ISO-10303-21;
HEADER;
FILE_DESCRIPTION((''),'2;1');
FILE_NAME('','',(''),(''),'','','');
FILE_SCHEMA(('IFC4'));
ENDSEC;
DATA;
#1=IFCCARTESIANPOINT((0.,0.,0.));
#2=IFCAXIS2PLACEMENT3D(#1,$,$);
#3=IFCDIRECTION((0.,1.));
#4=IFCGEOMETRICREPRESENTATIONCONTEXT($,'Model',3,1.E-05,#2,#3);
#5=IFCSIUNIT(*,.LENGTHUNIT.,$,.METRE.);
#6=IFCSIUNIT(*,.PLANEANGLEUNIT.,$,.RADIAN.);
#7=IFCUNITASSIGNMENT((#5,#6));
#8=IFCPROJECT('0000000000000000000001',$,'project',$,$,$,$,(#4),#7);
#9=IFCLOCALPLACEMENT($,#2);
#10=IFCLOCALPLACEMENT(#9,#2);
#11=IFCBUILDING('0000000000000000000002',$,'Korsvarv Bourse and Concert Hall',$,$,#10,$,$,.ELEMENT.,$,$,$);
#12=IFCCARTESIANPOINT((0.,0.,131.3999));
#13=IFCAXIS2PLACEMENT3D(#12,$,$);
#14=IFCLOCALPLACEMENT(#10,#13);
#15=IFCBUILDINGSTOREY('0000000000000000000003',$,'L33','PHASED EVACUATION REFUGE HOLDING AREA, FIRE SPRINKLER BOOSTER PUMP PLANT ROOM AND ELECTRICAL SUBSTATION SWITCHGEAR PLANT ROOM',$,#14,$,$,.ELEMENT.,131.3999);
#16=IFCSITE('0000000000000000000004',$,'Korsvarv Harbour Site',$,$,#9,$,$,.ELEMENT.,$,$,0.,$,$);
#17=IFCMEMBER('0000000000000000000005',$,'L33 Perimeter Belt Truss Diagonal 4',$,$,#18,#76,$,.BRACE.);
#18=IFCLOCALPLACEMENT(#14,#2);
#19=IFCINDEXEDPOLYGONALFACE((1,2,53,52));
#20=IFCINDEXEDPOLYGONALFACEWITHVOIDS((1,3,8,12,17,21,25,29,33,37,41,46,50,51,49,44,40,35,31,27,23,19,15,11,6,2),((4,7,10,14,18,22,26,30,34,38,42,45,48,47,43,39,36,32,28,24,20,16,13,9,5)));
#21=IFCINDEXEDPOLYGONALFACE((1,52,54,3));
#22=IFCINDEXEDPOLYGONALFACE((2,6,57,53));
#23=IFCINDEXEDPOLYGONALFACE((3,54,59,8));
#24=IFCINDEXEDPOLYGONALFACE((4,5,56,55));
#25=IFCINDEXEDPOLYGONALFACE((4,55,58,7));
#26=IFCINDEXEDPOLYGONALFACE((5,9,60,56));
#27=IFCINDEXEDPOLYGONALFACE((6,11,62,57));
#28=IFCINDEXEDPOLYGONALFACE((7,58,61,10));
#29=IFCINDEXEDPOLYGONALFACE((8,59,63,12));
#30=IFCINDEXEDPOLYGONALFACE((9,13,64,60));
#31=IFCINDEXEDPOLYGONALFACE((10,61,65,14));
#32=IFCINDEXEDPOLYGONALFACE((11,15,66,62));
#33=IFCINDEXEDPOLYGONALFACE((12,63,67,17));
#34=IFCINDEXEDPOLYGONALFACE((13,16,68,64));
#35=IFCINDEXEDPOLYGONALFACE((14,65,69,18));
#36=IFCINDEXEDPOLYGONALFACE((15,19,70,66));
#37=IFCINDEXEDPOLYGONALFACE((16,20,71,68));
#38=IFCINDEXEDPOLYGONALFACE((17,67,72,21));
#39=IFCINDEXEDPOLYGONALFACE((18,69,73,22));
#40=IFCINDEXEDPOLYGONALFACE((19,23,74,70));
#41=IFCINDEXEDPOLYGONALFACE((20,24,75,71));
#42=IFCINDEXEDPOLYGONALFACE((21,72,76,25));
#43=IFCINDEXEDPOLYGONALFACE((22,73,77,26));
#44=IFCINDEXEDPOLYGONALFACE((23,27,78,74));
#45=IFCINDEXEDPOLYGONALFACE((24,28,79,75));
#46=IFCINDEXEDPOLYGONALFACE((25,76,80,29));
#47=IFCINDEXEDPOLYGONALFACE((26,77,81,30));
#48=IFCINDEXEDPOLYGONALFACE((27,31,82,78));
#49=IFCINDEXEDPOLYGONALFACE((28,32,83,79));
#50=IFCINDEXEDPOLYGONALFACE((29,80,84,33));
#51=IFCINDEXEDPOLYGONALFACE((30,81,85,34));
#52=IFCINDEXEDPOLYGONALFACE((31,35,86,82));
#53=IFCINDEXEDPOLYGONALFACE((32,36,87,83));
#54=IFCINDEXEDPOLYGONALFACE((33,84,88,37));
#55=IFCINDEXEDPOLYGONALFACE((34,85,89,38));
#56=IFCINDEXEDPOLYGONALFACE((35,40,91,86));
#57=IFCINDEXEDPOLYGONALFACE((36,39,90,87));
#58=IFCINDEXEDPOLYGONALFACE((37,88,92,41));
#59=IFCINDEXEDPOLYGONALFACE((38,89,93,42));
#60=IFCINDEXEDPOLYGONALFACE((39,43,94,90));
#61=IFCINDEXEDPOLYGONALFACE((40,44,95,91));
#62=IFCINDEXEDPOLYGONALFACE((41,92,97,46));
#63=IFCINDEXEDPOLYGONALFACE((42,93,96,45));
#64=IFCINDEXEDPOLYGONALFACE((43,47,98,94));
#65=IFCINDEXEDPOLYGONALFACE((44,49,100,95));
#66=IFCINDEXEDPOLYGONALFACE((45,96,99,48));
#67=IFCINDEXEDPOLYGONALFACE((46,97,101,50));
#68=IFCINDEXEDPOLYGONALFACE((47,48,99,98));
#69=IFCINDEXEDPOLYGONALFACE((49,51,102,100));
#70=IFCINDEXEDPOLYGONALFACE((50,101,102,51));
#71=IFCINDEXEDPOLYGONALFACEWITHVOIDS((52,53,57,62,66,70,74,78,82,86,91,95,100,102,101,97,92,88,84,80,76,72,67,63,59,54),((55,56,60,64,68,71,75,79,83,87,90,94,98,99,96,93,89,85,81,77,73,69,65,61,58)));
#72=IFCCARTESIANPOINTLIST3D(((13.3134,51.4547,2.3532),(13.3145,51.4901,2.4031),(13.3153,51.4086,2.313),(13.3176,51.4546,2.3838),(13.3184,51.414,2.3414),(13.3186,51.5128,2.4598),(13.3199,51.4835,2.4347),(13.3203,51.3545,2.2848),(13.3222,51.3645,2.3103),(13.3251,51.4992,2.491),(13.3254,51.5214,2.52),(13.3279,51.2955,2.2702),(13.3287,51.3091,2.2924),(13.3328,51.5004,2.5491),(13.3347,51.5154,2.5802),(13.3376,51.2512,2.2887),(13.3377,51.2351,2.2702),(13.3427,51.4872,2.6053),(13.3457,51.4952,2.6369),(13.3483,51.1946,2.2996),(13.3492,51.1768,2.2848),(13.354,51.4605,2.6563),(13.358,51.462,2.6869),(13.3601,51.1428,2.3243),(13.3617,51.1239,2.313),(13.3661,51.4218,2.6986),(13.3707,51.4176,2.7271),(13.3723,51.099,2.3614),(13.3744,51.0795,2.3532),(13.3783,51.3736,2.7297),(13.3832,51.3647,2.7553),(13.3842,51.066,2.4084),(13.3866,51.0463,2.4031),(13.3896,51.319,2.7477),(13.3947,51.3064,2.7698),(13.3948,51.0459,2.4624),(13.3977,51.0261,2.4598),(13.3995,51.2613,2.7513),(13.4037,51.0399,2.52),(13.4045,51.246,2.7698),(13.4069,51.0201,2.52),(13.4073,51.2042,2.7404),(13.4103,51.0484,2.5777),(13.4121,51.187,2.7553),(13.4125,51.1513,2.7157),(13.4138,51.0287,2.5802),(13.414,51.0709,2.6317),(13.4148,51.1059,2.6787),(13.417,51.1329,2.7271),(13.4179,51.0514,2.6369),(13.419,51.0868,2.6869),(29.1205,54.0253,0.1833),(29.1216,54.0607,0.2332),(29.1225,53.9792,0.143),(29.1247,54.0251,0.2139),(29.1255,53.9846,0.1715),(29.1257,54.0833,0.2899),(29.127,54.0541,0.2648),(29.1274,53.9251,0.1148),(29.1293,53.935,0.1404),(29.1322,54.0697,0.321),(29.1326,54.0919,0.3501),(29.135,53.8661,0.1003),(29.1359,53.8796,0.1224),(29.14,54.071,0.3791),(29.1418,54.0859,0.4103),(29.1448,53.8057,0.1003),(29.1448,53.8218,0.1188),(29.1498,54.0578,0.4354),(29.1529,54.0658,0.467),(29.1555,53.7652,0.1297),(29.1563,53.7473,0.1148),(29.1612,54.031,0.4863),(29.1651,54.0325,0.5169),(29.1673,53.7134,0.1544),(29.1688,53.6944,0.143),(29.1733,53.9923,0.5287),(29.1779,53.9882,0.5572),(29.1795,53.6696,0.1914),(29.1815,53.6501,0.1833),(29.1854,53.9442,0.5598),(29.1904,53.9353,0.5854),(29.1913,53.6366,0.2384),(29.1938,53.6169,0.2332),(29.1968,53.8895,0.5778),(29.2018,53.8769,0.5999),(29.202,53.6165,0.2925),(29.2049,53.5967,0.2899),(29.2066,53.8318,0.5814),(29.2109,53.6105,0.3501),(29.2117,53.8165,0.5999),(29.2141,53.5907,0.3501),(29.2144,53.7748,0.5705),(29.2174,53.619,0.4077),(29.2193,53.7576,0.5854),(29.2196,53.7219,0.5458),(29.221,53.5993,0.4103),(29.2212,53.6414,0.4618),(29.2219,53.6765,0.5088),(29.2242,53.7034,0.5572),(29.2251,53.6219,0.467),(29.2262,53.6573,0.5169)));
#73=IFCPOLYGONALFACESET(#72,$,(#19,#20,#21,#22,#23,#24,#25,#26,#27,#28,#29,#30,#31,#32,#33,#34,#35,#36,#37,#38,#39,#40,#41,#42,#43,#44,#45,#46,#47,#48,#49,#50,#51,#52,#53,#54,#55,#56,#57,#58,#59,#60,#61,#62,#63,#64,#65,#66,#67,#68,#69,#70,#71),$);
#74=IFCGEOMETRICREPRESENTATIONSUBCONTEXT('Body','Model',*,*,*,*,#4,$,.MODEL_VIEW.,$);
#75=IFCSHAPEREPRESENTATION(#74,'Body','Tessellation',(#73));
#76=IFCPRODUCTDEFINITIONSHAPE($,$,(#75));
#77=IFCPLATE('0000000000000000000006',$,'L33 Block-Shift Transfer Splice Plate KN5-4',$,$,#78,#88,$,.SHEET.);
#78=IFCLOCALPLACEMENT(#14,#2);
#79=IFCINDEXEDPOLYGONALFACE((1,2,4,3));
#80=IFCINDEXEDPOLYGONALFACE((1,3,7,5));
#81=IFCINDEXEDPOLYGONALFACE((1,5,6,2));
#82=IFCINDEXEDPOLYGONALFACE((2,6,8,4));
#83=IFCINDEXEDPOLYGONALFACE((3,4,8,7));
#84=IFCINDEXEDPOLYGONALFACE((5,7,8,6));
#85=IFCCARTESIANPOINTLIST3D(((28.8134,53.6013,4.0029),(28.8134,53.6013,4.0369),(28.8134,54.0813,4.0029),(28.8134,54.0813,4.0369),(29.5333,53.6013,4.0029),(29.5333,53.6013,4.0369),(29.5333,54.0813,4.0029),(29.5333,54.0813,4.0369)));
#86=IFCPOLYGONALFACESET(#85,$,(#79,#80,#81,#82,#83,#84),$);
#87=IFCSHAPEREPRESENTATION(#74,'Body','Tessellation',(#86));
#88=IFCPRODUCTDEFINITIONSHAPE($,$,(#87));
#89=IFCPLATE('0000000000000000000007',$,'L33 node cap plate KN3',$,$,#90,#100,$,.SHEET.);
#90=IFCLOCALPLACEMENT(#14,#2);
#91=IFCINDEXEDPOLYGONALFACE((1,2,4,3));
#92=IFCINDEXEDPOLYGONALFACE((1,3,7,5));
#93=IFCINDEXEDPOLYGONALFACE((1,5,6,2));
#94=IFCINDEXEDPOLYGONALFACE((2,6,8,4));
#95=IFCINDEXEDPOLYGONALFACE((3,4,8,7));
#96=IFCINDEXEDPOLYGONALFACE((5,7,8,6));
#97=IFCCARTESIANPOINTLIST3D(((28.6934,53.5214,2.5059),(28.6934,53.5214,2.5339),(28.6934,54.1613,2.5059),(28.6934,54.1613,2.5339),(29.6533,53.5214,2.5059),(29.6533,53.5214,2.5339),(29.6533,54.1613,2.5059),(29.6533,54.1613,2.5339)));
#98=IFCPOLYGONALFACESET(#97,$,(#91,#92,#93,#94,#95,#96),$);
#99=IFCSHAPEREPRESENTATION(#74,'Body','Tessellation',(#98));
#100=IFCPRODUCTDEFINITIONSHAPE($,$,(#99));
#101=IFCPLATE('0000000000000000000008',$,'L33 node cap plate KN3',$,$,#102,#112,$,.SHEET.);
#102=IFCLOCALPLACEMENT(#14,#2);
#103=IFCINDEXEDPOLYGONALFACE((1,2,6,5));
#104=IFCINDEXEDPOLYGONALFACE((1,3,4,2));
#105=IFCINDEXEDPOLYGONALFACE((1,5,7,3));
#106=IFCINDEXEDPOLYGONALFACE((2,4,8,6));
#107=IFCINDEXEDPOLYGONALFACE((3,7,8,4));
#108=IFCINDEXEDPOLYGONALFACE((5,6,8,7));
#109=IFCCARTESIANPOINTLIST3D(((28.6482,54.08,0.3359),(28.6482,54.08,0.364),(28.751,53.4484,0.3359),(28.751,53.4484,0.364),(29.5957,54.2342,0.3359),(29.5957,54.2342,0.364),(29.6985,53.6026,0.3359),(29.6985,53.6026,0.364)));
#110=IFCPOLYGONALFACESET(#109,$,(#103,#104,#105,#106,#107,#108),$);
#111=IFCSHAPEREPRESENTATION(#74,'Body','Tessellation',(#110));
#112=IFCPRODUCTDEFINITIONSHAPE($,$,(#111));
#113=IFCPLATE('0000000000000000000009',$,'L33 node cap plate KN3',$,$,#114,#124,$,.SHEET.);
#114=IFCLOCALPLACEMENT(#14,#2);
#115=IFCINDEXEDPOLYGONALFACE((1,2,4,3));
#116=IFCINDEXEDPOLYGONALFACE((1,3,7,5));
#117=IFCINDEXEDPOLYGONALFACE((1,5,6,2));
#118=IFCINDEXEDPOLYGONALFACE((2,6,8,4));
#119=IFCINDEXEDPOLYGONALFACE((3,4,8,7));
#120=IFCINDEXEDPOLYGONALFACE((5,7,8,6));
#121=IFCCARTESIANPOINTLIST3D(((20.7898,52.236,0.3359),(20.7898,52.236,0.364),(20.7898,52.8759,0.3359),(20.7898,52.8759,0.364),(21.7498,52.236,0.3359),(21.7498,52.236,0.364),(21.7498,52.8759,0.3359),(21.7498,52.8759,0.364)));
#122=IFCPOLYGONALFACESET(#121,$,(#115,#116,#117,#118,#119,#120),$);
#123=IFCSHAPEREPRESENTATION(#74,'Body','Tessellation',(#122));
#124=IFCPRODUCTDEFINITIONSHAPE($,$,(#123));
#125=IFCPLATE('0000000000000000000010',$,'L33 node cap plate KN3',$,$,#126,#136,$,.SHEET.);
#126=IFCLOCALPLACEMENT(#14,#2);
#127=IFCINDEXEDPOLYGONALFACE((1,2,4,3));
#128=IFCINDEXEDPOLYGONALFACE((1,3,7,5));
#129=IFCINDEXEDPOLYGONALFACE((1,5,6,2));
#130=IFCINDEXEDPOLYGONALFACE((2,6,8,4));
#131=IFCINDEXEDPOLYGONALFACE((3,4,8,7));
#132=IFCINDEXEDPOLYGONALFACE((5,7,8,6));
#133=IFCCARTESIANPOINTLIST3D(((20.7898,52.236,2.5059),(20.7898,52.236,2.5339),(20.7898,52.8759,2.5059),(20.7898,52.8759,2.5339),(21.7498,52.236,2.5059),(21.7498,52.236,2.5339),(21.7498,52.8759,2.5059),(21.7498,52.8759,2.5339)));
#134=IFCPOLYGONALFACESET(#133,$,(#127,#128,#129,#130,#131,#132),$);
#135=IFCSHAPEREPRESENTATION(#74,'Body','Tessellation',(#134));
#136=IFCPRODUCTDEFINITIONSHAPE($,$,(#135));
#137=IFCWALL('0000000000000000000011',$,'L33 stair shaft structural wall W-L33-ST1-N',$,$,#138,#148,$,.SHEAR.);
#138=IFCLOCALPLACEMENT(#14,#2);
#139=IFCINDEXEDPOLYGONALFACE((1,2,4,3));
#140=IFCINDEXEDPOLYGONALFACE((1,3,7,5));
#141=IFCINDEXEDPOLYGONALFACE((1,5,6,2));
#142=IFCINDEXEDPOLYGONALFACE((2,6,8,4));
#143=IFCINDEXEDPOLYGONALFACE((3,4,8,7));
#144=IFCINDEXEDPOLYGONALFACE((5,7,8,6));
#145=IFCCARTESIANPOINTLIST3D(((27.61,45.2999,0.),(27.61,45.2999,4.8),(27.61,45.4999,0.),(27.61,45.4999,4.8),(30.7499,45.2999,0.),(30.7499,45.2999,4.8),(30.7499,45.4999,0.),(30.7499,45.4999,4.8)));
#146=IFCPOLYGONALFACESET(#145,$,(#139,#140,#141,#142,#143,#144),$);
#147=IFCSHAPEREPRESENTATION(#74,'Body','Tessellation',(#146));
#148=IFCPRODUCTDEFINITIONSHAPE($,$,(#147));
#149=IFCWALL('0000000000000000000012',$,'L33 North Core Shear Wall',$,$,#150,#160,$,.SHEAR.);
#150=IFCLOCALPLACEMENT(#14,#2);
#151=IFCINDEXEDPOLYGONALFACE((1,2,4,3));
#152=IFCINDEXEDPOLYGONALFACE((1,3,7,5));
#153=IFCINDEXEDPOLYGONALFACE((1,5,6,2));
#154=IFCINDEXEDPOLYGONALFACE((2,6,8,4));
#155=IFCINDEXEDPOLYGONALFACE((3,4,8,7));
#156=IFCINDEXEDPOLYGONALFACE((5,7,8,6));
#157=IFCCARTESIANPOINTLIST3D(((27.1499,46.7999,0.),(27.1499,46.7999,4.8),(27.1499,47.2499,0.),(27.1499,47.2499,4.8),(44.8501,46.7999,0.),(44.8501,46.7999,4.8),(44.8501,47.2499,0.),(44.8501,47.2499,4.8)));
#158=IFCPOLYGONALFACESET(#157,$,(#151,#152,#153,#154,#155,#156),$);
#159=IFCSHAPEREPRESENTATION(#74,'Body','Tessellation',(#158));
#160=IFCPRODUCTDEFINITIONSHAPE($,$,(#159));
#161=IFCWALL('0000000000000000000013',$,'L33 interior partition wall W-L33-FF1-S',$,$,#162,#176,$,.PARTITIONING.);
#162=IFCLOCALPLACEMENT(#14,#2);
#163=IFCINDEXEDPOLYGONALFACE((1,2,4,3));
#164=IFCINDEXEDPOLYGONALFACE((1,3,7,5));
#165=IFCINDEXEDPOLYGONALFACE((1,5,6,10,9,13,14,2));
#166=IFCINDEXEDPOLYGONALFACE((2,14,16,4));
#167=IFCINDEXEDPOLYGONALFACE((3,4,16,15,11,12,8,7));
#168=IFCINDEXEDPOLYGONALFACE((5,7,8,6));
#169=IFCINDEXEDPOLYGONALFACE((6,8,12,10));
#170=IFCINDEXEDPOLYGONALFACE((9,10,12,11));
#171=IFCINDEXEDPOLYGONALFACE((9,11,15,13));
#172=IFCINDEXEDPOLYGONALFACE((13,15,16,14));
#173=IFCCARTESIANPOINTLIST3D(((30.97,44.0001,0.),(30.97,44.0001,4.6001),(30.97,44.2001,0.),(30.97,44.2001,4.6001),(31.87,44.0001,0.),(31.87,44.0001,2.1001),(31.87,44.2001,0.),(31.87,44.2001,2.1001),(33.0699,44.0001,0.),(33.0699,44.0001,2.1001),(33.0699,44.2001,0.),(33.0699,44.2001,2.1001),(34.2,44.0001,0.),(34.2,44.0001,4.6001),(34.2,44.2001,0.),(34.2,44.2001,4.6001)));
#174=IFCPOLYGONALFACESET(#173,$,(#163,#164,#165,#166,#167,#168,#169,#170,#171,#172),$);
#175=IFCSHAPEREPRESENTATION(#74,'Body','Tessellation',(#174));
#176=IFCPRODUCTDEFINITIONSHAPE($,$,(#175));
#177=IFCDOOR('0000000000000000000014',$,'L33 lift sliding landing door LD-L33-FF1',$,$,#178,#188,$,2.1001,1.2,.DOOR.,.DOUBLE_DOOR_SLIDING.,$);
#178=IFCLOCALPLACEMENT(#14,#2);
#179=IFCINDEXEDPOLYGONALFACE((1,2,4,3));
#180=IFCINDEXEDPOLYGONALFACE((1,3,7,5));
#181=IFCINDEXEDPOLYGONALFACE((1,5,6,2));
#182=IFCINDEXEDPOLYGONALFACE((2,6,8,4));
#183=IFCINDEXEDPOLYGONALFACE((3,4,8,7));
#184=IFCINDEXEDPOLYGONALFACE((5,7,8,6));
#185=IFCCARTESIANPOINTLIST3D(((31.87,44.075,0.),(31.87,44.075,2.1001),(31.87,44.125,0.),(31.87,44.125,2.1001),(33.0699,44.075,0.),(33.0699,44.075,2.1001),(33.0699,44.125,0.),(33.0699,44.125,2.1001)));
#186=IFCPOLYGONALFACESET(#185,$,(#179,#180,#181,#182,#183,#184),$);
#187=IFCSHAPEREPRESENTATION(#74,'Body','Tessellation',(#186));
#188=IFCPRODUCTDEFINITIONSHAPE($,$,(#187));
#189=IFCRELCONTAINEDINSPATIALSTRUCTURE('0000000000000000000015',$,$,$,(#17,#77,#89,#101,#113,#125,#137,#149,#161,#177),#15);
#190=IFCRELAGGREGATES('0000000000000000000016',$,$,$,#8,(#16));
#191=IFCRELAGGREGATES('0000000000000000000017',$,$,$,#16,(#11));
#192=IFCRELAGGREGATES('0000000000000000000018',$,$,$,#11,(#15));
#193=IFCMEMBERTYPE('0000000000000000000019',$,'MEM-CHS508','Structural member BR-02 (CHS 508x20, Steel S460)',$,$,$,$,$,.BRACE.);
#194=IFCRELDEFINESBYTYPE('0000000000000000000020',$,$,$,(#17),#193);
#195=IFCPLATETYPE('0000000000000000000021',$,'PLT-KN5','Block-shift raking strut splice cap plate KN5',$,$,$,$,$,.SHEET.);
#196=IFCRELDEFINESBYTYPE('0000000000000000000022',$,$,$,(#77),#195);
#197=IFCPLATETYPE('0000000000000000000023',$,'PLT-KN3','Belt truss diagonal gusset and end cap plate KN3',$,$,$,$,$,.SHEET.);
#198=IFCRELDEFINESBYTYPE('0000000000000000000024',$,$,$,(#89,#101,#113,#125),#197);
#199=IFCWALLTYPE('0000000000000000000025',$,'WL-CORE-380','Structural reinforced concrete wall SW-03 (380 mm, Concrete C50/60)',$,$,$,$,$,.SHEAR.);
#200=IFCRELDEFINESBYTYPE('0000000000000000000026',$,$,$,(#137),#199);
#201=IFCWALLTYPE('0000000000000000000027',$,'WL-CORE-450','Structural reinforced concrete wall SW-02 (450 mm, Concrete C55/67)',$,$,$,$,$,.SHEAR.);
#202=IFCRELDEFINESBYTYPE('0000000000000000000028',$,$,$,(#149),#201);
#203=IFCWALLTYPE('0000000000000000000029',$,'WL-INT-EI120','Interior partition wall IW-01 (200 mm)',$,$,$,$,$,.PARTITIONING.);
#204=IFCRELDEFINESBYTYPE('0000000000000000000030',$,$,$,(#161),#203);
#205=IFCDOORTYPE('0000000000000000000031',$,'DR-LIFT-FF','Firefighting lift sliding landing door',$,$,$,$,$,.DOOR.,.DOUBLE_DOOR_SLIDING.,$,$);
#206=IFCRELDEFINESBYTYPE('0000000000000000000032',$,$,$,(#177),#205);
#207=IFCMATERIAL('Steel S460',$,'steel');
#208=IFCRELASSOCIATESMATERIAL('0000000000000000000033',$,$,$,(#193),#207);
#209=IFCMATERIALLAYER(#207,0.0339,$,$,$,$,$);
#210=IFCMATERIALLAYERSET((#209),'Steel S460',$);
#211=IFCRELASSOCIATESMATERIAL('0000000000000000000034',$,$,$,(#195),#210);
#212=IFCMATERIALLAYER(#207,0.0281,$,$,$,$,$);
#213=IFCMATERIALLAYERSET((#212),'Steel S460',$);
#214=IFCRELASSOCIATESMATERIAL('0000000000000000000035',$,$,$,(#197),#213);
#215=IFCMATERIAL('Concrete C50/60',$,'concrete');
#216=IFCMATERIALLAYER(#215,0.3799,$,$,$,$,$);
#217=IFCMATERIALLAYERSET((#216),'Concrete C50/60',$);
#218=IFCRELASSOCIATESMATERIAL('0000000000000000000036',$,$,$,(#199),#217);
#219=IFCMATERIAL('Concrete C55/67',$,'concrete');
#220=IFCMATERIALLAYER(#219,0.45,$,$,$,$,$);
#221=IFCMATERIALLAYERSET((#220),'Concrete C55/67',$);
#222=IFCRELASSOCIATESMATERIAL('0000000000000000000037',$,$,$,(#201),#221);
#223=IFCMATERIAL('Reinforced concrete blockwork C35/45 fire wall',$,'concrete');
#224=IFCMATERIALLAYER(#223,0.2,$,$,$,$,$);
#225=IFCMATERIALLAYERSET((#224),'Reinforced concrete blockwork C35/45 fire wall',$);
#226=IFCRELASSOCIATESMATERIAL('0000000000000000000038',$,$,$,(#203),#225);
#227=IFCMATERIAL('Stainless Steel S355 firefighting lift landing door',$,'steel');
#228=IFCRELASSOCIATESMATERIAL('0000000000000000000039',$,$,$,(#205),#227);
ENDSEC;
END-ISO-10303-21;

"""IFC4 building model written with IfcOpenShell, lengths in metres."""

from ifc_helpers import new_model, si_unit, direction, frame, frame_2d, origin, origin_2d, place, context, subcontext, project, spatial, rectangle, hollow_circle, extrude, source, transform, mapped, material, layer, layer_set, material_profile, profile_set, type_object, element, fill, save


model = new_model("IFC4")

# Units and contexts
model_context = context("Model", 3, precision=1e-05, world=origin(), true_north=direction((0.0, 1.0)))
body_context = subcontext(model_context, "Body", "Model", "MODEL_VIEW")
ifc_project = project(units=[si_unit("LENGTHUNIT", "METRE"), si_unit("PLANEANGLEUNIT", "RADIAN")], contexts=[model_context])

# Site, building, storey
site_placement = place(None, origin())
site = spatial("IfcSite", under=ifc_project, at=site_placement, Name="Korsvarv Harbour Site", CompositionType="ELEMENT", RefElevation=0.0)
building_placement = place(site_placement, origin())
building = spatial("IfcBuilding", under=site, at=building_placement, Name="Korsvarv Bourse and Concert Hall", CompositionType="ELEMENT")
storey_placement = place(building_placement, frame((0.0, 0.0, 131.3999)))
storey = spatial("IfcBuildingStorey", under=building, at=storey_placement, Name="L33", Description="PHASED EVACUATION REFUGE HOLDING AREA, FIRE SPRINKLER BOOSTER PUMP PLANT ROOM AND ELECTRICAL SUBSTATION SWITCHGEAR PLANT ROOM", CompositionType="ELEMENT", Elevation=131.3999)

# Shared definitions
ifc_material_1 = material(Name="Steel S460", Category="steel")

# Shared definitions
ifc_material_2 = material(Name="Concrete C55/67", Category="concrete")

# Member
ifc_material_profile_1 = material_profile(ifc_material_1, hollow_circle(Radius=0.2539, WallThickness=0.02, at=origin_2d()), Name="CHS 508x20")
ifc_profile_set_1 = profile_set([ifc_material_profile_1], Name="Steel S460")
member_type_1 = type_object("IfcMemberType", Name="MEM-CHS508", Description="Structural member BR-02 (CHS 508x20, Steel S460)", PredefinedType="BRACE", material=ifc_profile_set_1)
shared_shape_1 = source(origin(), body_context, "Body", "SweptSolid", [
    extrude(hollow_circle(Radius=0.2539, WallThickness=0.02, at=origin_2d()), origin(), (0.0, 0.0, 1.0), 16.1611),
])
member_1_placement = place(storey_placement, frame((29.1733, 53.8413, 0.3501), z_axis=(-0.978096, -0.159058, 0.134268), x_axis=(0.160512, -0.987034, 0.0)))
element("IfcMember", 1, at=member_1_placement, inside=storey, type_object=member_type_1, Name="L33 Perimeter Belt Truss Diagonal 4", PredefinedType="BRACE", context=body_context, shape_type="MappedRepresentation", body=[
    mapped(shared_shape_1, transform((0.0, 0.0, 0.0), scale=1.0)),
])

# Plates
ifc_layer_1 = layer(ifc_material_1, 0.0339)
ifc_layer_set_1 = layer_set([ifc_layer_1], Name="Steel S460")
plate_type_1 = type_object("IfcPlateType", Name="PLT-KN5", Description="Block-shift raking strut splice cap plate KN5", PredefinedType="SHEET", material=ifc_layer_set_1)
shared_shape_2 = source(origin(), body_context, "Body", "SweptSolid", [
    extrude(rectangle(XDim=0.72, YDim=0.48, at=origin_2d()), origin(), (0.0, 0.0, 1.0), 0.0339),
])
plate_placement = place(storey_placement, frame((29.1733, 53.8413, 4.0029), z_axis=(0.0, 0.0, 1.0), x_axis=(1.0, 0.0, 0.0)))
element("IfcPlate", 2, at=plate_placement, inside=storey, type_object=plate_type_1, Name="L33 Block-Shift Transfer Splice Plate KN5-4", PredefinedType="SHEET", context=body_context, shape_type="MappedRepresentation", body=[
    mapped(shared_shape_2, transform((0.0, 0.0, 0.0), scale=1.0)),
])
ifc_layer_2 = layer(ifc_material_1, 0.0281)
ifc_layer_set_2 = layer_set([ifc_layer_2], Name="Steel S460")
plate_type_2 = type_object("IfcPlateType", Name="PLT-KN3", Description="Belt truss diagonal gusset and end cap plate KN3", PredefinedType="SHEET", material=ifc_layer_set_2)
shared_shape_3 = source(origin(), body_context, "Body", "SweptSolid", [
    extrude(rectangle(XDim=0.96, YDim=0.6399, at=origin_2d()), origin(), (0.0, 0.0, 1.0), 0.0281),
])
for number, where, z_axis, x_axis, name in (
    (3, (29.1733, 53.8413, 2.5059), (0.0, 0.0, 1.0), (1.0, 0.0, 0.0), "L33 node cap plate KN3"),
    (4, (29.1733, 53.8413, 0.3359), (0.0, 0.0, 1.0), (0.987024, 0.16057, 0.0), "L33 node cap plate KN3"),
    (5, (21.2698, 52.5559, 0.3359), (0.0, 0.0, 1.0), (1.0, 0.0, 0.0), "L33 node cap plate KN3"),
    (6, (21.2698, 52.5559, 2.5059), (0.0, 0.0, 1.0), (1.0, 0.0, 0.0), "L33 node cap plate KN3"),
):
    element("IfcPlate", number, at=place(storey_placement, frame(where, z_axis=z_axis, x_axis=x_axis)), inside=storey, type_object=plate_type_2, Name=name, PredefinedType="SHEET", context=body_context, shape_type="MappedRepresentation", body=[
        mapped(shared_shape_3, transform((0.0, 0.0, 0.0), scale=1.0)),
    ])

# Walls
ifc_material_3 = material(Name="Concrete C50/60", Category="concrete")
ifc_layer_3 = layer(ifc_material_3, 0.3799)
ifc_layer_set_3 = layer_set([ifc_layer_3], Name="Concrete C50/60")
wall_type_1 = type_object("IfcWallType", Name="WL-CORE-380", Description="Structural reinforced concrete wall SW-03 (380 mm, Concrete C50/60)", PredefinedType="SHEAR", material=ifc_layer_set_3)
wall_1_placement = place(storey_placement, frame((27.6101, 45.3999, 0.0), z_axis=(0.0, 0.0, 1.0), x_axis=(1.0, 0.0, 0.0)))
element("IfcWall", 7, at=wall_1_placement, inside=storey, type_object=wall_type_1, Name="L33 stair shaft structural wall W-L33-ST1-N", PredefinedType="SHEAR", context=body_context, shape_type="SweptSolid", body=[
    extrude(rectangle(XDim=3.1399, YDim=0.2, at=frame_2d((1.5698, 0.0))), origin(), (0.0, 0.0, 1.0), 4.8),
])
ifc_layer_4 = layer(ifc_material_2, 0.45)
ifc_layer_set_4 = layer_set([ifc_layer_4], Name="Concrete C55/67")
wall_type_2 = type_object("IfcWallType", Name="WL-CORE-450", Description="Structural reinforced concrete wall SW-02 (450 mm, Concrete C55/67)", PredefinedType="SHEAR", material=ifc_layer_set_4)
wall_2_placement = place(storey_placement, frame((27.1499, 47.0249, 0.0), z_axis=(0.0, 0.0, 1.0), x_axis=(1.0, 0.0, 0.0)))
element("IfcWall", 8, at=wall_2_placement, inside=storey, type_object=wall_type_2, Name="L33 North Core Shear Wall", PredefinedType="SHEAR", context=body_context, shape_type="SweptSolid", body=[
    extrude(rectangle(XDim=17.7002, YDim=0.45, at=frame_2d((8.8501, 0.0))), origin(), (0.0, 0.0, 1.0), 4.8),
])

# Wall, opening, door
ifc_material_4 = material(Name="Reinforced concrete blockwork C35/45 fire wall", Category="concrete")
ifc_layer_5 = layer(ifc_material_4, 0.2)
ifc_layer_set_5 = layer_set([ifc_layer_5], Name="Reinforced concrete blockwork C35/45 fire wall")
wall_type_3 = type_object("IfcWallType", Name="WL-INT-EI120", Description="Interior partition wall IW-01 (200 mm)", PredefinedType="PARTITIONING", material=ifc_layer_set_5)
wall_3_placement = place(storey_placement, frame((30.97, 44.1001, 0.0), z_axis=(0.0, 0.0, 1.0), x_axis=(1.0, 0.0, 0.0)))
wall_3 = element("IfcWall", 9, at=wall_3_placement, inside=storey, type_object=wall_type_3, Name="L33 interior partition wall W-L33-FF1-S", PredefinedType="PARTITIONING", context=body_context, shape_type="SweptSolid", body=[
    extrude(rectangle(XDim=3.23, YDim=0.2, at=frame_2d((1.615, 0.0))), origin(), (0.0, 0.0, 1.0), 4.6001),
])
opening_placement = place(wall_3_placement, frame((0.8999, 0.0, 0.0)))
opening = element("IfcOpeningElement", 10, at=opening_placement, cuts=wall_3, PredefinedType="OPENING", context=body_context, shape_type="SweptSolid", body=[
    extrude(rectangle(XDim=1.2, YDim=2.1001, at=frame_2d((0.6001, 1.05))), frame((0.0, 0.1099, 0.0), z_axis=(0.0, -1.0, 0.0), x_axis=(1.0, 0.0, 0.0)), (0.0, 0.0, 1.0), 0.22),
])
ifc_material_5 = material(Name="Stainless Steel S355 firefighting lift landing door", Category="steel")
door_type = type_object("IfcDoorType", Name="DR-LIFT-FF", Description="Firefighting lift sliding landing door", OperationType="DOUBLE_DOOR_SLIDING", PredefinedType="DOOR", material=ifc_material_5)
door_placement = place(opening_placement, origin())
door = element("IfcDoor", 11, at=door_placement, inside=storey, type_object=door_type, Name="L33 lift sliding landing door LD-L33-FF1", OperationType="DOUBLE_DOOR_SLIDING", OverallHeight=2.1001, OverallWidth=1.2, PredefinedType="DOOR", context=body_context, shape_type="SweptSolid", body=[
    extrude(rectangle(XDim=1.2, YDim=2.1001, at=frame_2d((0.6001, 1.05))), frame((0.0, 0.0249, 0.0), z_axis=(0.0, -1.0, 0.0), x_axis=(1.0, 0.0, 0.0)), (0.0, 0.0, 1.0), 0.05),
])
fill(opening, door)

save(model, "model.ifc")
